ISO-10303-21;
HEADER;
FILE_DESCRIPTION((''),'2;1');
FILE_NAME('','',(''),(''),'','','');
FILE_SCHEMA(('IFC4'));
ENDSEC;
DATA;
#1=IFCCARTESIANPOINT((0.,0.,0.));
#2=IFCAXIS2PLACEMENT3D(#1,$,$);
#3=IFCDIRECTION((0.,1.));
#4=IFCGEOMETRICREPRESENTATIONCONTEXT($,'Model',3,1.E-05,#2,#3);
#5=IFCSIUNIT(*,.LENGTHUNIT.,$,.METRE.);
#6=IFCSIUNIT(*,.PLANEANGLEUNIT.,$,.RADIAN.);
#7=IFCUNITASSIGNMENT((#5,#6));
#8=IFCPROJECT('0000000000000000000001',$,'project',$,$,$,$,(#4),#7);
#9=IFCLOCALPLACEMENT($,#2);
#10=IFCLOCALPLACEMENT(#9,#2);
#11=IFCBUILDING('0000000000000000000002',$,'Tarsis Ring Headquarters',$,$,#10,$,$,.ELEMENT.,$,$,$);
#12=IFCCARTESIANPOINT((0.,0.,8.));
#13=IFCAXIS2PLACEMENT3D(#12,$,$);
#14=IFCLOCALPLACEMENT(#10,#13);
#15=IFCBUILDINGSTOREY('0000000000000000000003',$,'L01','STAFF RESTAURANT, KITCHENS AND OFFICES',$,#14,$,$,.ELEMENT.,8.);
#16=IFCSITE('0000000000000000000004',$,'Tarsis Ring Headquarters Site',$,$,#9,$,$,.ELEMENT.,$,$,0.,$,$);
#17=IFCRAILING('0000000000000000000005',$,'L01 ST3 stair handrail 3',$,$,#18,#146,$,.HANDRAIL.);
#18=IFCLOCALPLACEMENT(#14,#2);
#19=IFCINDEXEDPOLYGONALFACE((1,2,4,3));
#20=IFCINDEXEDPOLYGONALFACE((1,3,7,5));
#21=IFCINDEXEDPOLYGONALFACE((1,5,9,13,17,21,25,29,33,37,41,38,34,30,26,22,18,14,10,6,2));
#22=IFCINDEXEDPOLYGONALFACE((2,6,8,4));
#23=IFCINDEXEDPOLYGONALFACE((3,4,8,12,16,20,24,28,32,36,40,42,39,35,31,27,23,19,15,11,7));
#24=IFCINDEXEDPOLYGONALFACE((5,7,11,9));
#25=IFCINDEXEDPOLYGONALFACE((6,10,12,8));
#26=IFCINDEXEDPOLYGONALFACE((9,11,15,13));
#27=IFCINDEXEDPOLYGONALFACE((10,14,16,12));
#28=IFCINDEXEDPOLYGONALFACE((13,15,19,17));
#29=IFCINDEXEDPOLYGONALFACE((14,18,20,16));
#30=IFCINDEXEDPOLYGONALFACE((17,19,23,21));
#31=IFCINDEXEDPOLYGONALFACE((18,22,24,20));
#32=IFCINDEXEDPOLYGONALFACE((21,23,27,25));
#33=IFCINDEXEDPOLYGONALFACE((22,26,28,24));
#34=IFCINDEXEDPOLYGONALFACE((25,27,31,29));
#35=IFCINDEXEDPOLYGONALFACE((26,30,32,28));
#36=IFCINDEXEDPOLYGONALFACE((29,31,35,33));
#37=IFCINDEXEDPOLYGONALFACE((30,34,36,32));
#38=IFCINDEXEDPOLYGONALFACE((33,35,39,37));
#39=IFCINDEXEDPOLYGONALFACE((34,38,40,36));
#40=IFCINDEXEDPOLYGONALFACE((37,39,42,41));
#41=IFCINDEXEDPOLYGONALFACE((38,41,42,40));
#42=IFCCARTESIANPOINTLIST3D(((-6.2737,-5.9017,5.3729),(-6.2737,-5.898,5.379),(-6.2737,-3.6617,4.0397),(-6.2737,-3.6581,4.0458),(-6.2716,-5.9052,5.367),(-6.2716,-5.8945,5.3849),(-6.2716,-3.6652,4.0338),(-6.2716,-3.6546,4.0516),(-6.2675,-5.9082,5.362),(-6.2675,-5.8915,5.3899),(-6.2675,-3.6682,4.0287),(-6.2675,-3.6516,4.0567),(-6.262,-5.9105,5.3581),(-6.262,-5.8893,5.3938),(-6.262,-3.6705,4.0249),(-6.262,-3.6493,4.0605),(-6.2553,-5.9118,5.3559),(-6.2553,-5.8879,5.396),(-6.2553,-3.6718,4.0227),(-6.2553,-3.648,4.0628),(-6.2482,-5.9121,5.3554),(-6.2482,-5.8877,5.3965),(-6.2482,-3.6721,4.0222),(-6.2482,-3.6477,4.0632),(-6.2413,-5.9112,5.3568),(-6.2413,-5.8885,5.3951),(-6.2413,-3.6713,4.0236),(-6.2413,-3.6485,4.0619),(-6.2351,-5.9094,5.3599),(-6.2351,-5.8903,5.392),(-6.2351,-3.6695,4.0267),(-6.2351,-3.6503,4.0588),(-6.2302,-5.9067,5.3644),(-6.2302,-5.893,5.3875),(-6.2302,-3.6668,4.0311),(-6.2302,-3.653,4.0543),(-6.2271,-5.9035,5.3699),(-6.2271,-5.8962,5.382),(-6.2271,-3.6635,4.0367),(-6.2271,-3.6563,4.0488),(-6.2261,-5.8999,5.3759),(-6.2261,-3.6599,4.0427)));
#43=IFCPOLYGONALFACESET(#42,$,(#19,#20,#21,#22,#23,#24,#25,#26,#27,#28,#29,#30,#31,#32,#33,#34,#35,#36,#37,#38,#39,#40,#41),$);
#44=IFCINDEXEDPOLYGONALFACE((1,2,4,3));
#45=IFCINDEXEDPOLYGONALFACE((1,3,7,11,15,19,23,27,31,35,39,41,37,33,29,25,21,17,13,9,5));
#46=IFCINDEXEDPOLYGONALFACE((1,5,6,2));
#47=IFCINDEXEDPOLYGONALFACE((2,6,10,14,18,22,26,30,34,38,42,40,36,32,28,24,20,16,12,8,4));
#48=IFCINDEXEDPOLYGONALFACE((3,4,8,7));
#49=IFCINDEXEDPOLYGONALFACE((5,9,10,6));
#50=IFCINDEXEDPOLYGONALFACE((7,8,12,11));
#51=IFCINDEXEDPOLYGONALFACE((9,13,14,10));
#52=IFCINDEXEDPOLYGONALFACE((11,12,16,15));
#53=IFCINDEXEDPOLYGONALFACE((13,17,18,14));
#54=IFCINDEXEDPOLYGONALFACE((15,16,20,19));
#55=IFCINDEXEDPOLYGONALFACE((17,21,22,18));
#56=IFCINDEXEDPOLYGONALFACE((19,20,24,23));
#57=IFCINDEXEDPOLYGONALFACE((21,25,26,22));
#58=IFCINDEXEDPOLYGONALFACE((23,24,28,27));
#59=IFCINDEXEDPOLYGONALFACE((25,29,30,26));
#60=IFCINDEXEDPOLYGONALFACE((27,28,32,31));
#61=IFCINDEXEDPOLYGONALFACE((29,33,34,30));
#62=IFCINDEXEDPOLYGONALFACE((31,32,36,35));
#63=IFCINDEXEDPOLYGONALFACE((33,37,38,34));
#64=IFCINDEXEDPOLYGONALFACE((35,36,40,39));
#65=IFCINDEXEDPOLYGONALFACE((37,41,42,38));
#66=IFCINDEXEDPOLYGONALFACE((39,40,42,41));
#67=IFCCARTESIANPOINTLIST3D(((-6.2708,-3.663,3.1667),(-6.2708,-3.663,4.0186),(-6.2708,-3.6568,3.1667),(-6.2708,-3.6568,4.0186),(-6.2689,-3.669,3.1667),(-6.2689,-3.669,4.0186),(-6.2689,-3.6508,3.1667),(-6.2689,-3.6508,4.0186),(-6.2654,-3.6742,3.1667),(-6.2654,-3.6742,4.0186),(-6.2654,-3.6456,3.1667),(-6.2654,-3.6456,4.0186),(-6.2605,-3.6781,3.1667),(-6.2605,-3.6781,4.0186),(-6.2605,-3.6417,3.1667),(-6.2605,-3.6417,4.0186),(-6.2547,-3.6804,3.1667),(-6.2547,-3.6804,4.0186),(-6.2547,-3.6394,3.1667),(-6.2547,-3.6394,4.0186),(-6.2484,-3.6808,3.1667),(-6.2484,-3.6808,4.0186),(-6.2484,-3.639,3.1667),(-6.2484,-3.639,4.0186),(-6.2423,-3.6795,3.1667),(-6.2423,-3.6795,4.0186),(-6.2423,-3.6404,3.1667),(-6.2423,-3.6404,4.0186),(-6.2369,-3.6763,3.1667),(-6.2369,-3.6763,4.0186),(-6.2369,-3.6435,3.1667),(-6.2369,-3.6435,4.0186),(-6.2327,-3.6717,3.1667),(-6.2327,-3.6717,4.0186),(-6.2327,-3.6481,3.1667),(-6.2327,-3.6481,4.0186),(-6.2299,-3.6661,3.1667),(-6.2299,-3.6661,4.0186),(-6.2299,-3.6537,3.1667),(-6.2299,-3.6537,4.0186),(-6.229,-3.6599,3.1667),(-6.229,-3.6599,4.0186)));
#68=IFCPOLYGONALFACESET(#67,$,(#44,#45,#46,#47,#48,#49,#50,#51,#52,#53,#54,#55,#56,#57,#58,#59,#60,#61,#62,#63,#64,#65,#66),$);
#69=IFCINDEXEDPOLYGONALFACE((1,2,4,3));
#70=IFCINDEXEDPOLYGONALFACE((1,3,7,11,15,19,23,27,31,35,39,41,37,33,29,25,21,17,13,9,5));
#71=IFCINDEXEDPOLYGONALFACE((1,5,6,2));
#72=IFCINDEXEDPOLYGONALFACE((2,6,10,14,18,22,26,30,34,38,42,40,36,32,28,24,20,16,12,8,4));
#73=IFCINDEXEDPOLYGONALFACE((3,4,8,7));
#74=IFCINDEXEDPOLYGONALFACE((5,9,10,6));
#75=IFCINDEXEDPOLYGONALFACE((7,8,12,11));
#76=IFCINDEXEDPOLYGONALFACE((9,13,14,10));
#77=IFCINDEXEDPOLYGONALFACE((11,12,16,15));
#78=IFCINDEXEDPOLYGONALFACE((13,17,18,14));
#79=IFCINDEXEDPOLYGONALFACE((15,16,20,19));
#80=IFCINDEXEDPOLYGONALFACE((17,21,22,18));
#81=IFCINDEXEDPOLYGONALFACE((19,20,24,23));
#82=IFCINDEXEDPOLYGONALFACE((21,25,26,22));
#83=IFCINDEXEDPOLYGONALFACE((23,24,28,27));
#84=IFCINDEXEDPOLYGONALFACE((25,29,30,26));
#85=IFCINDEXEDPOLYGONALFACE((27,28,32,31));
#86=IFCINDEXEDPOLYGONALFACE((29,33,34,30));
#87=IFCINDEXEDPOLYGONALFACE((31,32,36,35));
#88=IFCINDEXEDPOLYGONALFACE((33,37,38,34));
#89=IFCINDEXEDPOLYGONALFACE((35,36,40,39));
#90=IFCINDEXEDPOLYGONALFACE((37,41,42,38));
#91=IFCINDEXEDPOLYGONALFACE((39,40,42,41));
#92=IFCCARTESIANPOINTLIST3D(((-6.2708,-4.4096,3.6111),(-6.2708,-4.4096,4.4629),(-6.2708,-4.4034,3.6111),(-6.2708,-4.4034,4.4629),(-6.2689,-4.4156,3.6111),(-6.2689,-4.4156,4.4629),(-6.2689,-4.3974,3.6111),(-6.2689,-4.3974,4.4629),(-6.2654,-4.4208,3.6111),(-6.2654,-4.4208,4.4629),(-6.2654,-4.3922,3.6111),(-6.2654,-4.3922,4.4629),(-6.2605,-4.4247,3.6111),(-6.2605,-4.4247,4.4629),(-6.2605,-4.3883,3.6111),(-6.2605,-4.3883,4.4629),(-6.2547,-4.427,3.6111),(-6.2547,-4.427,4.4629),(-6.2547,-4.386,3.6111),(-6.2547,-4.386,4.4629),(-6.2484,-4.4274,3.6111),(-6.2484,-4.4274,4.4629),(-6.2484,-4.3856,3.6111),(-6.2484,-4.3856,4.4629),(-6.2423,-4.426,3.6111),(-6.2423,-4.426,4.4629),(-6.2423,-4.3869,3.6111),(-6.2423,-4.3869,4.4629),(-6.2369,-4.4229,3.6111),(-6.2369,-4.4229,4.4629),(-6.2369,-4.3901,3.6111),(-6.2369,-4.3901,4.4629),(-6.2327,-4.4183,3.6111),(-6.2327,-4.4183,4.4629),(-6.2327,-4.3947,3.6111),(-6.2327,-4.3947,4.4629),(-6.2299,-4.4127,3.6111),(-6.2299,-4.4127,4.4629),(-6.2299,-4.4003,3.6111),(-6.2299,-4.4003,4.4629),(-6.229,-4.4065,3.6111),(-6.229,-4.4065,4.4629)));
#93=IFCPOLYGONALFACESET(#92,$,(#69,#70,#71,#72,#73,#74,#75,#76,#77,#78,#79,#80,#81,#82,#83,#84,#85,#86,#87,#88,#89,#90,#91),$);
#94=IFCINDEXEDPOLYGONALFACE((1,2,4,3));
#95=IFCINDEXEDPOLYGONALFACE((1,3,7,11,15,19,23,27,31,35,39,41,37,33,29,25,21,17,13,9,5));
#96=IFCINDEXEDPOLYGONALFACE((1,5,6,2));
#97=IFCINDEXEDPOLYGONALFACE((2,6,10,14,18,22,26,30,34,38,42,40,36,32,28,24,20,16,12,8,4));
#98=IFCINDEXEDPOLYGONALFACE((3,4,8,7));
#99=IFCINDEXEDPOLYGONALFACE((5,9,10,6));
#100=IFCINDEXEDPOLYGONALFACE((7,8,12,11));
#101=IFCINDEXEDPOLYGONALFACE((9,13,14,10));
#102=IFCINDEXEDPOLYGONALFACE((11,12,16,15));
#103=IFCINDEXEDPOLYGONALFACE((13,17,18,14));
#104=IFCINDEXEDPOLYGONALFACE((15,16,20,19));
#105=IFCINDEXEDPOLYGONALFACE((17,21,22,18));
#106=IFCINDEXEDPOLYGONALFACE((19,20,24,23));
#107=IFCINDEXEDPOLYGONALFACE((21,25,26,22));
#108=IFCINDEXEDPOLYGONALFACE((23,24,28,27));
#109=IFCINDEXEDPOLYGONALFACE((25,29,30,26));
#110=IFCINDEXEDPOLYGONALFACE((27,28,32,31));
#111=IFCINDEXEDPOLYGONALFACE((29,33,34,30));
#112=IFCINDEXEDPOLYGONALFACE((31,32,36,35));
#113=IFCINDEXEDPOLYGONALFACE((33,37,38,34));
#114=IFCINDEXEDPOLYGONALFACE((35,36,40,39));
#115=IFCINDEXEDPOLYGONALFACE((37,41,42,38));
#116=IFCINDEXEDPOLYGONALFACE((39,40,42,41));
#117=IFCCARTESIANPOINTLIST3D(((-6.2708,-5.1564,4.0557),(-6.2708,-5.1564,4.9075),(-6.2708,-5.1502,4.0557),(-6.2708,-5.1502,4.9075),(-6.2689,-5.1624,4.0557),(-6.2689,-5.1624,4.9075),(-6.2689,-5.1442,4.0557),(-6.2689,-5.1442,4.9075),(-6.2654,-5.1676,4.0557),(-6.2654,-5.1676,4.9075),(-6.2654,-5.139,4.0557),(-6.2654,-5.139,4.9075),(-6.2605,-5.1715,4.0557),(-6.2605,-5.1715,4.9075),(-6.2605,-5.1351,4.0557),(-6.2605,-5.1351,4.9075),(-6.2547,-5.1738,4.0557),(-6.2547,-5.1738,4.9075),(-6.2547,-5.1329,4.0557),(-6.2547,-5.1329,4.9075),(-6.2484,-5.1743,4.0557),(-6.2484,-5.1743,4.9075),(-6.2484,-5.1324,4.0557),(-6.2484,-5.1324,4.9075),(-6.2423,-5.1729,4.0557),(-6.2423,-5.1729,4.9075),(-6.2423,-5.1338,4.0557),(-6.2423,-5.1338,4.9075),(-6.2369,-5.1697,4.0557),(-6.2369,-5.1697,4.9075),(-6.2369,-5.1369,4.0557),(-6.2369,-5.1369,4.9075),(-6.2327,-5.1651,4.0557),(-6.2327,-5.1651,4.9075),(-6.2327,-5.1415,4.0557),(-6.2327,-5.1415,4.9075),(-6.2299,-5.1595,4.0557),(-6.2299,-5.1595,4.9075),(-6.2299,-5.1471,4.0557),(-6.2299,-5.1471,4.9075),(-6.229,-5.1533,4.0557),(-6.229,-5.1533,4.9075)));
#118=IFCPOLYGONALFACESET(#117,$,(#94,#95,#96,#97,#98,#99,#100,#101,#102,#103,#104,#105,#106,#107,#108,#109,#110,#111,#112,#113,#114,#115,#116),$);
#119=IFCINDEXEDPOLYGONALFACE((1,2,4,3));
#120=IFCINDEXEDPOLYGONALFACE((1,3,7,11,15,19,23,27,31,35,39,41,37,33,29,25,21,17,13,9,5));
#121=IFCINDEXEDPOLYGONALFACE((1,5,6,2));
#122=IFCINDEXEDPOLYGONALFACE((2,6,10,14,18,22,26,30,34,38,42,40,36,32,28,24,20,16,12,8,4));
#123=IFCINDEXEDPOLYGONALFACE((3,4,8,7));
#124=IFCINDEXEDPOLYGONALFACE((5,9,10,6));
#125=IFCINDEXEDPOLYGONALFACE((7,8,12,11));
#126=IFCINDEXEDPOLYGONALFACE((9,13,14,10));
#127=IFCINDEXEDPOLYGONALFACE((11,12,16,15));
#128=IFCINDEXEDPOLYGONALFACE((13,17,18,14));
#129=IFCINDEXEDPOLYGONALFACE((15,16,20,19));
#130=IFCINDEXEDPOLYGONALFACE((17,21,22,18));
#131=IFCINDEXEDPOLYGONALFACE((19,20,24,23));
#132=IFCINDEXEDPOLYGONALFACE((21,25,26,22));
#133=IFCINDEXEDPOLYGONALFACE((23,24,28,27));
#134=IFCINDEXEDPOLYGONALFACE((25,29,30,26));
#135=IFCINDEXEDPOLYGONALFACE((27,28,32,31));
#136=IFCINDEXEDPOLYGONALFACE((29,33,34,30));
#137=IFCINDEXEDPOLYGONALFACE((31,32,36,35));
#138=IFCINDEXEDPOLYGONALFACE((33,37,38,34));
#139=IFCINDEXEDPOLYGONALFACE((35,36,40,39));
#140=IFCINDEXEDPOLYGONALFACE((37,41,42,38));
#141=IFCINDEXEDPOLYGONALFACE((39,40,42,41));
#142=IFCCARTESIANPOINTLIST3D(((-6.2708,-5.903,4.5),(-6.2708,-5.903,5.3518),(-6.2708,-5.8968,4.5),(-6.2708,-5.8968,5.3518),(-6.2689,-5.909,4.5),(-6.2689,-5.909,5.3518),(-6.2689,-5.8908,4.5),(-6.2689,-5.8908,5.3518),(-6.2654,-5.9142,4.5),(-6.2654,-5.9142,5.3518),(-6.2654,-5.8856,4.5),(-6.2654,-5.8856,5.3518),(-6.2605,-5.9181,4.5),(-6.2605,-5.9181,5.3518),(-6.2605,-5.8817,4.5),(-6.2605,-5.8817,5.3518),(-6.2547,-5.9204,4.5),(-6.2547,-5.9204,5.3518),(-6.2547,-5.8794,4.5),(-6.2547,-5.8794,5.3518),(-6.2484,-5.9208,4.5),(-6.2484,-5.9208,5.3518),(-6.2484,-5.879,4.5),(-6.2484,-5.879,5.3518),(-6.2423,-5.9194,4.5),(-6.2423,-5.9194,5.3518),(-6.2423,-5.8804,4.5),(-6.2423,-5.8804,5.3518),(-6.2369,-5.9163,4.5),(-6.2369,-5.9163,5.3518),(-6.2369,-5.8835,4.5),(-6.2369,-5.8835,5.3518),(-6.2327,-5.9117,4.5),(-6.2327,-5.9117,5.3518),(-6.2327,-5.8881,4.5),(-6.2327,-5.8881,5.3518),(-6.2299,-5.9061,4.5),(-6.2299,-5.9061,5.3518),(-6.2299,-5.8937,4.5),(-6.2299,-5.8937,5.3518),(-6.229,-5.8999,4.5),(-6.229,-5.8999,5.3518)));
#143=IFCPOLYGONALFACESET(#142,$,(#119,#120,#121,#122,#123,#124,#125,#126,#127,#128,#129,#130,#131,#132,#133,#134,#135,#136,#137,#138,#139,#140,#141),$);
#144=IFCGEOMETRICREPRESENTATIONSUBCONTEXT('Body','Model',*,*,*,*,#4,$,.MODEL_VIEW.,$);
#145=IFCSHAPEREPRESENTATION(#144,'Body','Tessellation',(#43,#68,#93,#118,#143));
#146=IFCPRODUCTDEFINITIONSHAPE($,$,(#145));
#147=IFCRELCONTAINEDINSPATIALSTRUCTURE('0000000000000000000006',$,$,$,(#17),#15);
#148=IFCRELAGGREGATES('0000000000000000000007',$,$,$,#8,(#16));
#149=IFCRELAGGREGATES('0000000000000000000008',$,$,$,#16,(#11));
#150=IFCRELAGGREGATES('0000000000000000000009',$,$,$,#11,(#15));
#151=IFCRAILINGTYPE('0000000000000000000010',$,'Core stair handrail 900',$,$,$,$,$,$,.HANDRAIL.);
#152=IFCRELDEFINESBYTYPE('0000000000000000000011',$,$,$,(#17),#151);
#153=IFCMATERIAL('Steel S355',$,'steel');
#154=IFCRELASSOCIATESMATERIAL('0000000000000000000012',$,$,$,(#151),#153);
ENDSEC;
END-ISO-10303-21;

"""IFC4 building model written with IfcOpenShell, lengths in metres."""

from ifc_helpers import new_model, si_unit, direction, frame, origin, origin_2d, place, context, subcontext, project, spatial, circle, extrude, material, type_object, element, save


model = new_model("IFC4")

# Units and contexts
model_context = context("Model", 3, precision=1e-05, world=origin(), true_north=direction((0.0, 1.0)))
body_context = subcontext(model_context, "Body", "Model", "MODEL_VIEW")
ifc_project = project(units=[si_unit("LENGTHUNIT", "METRE"), si_unit("PLANEANGLEUNIT", "RADIAN")], contexts=[model_context])

# Site, building, storey
site_placement = place(None, origin())
site = spatial("IfcSite", under=ifc_project, at=site_placement, Name="Tarsis Ring Headquarters Site", CompositionType="ELEMENT", RefElevation=0.0)
building_placement = place(site_placement, origin())
building = spatial("IfcBuilding", under=site, at=building_placement, Name="Tarsis Ring Headquarters", CompositionType="ELEMENT")
storey_placement = place(building_placement, frame((0.0, 0.0, 8.0)))
storey = spatial("IfcBuildingStorey", under=building, at=storey_placement, Name="L01", Description="STAFF RESTAURANT, KITCHENS AND OFFICES", CompositionType="ELEMENT", Elevation=8.0)

# Shared definitions
ifc_material_1 = material(Name="Steel S355", Category="steel")

# Railing
railing_type = type_object("IfcRailingType", Name="Core stair handrail 900", PredefinedType="HANDRAIL", material=ifc_material_1)
for number, where, name in (
    (1, (-6.25, -3.6599, 3.1667), "L01 ST3 stair handrail 3"),
):
    element("IfcRailing", number, at=place(storey_placement, frame(where)), inside=storey, type_object=railing_type, Name=name, PredefinedType="HANDRAIL", context=body_context, shape_type="SweptSolid", body=[
        extrude(circle(Radius=0.0239, at=origin_2d()), frame((0.0, 0.0, 0.876), z_axis=(0.0, -0.859306, 0.511462), x_axis=(1.0, 0.0, 0.0)), (0.0, 0.0, 1.0), 2.6067),
        extrude(circle(Radius=0.021, at=origin_2d()), origin(), (0.0, 0.0, 1.0), 0.8518),
        extrude(circle(Radius=0.021, at=origin_2d()), frame((0.0, -0.7466, 0.4443)), (0.0, 0.0, 1.0), 0.8518),
        extrude(circle(Radius=0.021, at=origin_2d()), frame((0.0, -1.4934, 0.8889)), (0.0, 0.0, 1.0), 0.8518),
        extrude(circle(Radius=0.021, at=origin_2d()), frame((0.0, -2.24, 1.3333)), (0.0, 0.0, 1.0), 0.8518),
    ])

save(model, "model.ifc")
